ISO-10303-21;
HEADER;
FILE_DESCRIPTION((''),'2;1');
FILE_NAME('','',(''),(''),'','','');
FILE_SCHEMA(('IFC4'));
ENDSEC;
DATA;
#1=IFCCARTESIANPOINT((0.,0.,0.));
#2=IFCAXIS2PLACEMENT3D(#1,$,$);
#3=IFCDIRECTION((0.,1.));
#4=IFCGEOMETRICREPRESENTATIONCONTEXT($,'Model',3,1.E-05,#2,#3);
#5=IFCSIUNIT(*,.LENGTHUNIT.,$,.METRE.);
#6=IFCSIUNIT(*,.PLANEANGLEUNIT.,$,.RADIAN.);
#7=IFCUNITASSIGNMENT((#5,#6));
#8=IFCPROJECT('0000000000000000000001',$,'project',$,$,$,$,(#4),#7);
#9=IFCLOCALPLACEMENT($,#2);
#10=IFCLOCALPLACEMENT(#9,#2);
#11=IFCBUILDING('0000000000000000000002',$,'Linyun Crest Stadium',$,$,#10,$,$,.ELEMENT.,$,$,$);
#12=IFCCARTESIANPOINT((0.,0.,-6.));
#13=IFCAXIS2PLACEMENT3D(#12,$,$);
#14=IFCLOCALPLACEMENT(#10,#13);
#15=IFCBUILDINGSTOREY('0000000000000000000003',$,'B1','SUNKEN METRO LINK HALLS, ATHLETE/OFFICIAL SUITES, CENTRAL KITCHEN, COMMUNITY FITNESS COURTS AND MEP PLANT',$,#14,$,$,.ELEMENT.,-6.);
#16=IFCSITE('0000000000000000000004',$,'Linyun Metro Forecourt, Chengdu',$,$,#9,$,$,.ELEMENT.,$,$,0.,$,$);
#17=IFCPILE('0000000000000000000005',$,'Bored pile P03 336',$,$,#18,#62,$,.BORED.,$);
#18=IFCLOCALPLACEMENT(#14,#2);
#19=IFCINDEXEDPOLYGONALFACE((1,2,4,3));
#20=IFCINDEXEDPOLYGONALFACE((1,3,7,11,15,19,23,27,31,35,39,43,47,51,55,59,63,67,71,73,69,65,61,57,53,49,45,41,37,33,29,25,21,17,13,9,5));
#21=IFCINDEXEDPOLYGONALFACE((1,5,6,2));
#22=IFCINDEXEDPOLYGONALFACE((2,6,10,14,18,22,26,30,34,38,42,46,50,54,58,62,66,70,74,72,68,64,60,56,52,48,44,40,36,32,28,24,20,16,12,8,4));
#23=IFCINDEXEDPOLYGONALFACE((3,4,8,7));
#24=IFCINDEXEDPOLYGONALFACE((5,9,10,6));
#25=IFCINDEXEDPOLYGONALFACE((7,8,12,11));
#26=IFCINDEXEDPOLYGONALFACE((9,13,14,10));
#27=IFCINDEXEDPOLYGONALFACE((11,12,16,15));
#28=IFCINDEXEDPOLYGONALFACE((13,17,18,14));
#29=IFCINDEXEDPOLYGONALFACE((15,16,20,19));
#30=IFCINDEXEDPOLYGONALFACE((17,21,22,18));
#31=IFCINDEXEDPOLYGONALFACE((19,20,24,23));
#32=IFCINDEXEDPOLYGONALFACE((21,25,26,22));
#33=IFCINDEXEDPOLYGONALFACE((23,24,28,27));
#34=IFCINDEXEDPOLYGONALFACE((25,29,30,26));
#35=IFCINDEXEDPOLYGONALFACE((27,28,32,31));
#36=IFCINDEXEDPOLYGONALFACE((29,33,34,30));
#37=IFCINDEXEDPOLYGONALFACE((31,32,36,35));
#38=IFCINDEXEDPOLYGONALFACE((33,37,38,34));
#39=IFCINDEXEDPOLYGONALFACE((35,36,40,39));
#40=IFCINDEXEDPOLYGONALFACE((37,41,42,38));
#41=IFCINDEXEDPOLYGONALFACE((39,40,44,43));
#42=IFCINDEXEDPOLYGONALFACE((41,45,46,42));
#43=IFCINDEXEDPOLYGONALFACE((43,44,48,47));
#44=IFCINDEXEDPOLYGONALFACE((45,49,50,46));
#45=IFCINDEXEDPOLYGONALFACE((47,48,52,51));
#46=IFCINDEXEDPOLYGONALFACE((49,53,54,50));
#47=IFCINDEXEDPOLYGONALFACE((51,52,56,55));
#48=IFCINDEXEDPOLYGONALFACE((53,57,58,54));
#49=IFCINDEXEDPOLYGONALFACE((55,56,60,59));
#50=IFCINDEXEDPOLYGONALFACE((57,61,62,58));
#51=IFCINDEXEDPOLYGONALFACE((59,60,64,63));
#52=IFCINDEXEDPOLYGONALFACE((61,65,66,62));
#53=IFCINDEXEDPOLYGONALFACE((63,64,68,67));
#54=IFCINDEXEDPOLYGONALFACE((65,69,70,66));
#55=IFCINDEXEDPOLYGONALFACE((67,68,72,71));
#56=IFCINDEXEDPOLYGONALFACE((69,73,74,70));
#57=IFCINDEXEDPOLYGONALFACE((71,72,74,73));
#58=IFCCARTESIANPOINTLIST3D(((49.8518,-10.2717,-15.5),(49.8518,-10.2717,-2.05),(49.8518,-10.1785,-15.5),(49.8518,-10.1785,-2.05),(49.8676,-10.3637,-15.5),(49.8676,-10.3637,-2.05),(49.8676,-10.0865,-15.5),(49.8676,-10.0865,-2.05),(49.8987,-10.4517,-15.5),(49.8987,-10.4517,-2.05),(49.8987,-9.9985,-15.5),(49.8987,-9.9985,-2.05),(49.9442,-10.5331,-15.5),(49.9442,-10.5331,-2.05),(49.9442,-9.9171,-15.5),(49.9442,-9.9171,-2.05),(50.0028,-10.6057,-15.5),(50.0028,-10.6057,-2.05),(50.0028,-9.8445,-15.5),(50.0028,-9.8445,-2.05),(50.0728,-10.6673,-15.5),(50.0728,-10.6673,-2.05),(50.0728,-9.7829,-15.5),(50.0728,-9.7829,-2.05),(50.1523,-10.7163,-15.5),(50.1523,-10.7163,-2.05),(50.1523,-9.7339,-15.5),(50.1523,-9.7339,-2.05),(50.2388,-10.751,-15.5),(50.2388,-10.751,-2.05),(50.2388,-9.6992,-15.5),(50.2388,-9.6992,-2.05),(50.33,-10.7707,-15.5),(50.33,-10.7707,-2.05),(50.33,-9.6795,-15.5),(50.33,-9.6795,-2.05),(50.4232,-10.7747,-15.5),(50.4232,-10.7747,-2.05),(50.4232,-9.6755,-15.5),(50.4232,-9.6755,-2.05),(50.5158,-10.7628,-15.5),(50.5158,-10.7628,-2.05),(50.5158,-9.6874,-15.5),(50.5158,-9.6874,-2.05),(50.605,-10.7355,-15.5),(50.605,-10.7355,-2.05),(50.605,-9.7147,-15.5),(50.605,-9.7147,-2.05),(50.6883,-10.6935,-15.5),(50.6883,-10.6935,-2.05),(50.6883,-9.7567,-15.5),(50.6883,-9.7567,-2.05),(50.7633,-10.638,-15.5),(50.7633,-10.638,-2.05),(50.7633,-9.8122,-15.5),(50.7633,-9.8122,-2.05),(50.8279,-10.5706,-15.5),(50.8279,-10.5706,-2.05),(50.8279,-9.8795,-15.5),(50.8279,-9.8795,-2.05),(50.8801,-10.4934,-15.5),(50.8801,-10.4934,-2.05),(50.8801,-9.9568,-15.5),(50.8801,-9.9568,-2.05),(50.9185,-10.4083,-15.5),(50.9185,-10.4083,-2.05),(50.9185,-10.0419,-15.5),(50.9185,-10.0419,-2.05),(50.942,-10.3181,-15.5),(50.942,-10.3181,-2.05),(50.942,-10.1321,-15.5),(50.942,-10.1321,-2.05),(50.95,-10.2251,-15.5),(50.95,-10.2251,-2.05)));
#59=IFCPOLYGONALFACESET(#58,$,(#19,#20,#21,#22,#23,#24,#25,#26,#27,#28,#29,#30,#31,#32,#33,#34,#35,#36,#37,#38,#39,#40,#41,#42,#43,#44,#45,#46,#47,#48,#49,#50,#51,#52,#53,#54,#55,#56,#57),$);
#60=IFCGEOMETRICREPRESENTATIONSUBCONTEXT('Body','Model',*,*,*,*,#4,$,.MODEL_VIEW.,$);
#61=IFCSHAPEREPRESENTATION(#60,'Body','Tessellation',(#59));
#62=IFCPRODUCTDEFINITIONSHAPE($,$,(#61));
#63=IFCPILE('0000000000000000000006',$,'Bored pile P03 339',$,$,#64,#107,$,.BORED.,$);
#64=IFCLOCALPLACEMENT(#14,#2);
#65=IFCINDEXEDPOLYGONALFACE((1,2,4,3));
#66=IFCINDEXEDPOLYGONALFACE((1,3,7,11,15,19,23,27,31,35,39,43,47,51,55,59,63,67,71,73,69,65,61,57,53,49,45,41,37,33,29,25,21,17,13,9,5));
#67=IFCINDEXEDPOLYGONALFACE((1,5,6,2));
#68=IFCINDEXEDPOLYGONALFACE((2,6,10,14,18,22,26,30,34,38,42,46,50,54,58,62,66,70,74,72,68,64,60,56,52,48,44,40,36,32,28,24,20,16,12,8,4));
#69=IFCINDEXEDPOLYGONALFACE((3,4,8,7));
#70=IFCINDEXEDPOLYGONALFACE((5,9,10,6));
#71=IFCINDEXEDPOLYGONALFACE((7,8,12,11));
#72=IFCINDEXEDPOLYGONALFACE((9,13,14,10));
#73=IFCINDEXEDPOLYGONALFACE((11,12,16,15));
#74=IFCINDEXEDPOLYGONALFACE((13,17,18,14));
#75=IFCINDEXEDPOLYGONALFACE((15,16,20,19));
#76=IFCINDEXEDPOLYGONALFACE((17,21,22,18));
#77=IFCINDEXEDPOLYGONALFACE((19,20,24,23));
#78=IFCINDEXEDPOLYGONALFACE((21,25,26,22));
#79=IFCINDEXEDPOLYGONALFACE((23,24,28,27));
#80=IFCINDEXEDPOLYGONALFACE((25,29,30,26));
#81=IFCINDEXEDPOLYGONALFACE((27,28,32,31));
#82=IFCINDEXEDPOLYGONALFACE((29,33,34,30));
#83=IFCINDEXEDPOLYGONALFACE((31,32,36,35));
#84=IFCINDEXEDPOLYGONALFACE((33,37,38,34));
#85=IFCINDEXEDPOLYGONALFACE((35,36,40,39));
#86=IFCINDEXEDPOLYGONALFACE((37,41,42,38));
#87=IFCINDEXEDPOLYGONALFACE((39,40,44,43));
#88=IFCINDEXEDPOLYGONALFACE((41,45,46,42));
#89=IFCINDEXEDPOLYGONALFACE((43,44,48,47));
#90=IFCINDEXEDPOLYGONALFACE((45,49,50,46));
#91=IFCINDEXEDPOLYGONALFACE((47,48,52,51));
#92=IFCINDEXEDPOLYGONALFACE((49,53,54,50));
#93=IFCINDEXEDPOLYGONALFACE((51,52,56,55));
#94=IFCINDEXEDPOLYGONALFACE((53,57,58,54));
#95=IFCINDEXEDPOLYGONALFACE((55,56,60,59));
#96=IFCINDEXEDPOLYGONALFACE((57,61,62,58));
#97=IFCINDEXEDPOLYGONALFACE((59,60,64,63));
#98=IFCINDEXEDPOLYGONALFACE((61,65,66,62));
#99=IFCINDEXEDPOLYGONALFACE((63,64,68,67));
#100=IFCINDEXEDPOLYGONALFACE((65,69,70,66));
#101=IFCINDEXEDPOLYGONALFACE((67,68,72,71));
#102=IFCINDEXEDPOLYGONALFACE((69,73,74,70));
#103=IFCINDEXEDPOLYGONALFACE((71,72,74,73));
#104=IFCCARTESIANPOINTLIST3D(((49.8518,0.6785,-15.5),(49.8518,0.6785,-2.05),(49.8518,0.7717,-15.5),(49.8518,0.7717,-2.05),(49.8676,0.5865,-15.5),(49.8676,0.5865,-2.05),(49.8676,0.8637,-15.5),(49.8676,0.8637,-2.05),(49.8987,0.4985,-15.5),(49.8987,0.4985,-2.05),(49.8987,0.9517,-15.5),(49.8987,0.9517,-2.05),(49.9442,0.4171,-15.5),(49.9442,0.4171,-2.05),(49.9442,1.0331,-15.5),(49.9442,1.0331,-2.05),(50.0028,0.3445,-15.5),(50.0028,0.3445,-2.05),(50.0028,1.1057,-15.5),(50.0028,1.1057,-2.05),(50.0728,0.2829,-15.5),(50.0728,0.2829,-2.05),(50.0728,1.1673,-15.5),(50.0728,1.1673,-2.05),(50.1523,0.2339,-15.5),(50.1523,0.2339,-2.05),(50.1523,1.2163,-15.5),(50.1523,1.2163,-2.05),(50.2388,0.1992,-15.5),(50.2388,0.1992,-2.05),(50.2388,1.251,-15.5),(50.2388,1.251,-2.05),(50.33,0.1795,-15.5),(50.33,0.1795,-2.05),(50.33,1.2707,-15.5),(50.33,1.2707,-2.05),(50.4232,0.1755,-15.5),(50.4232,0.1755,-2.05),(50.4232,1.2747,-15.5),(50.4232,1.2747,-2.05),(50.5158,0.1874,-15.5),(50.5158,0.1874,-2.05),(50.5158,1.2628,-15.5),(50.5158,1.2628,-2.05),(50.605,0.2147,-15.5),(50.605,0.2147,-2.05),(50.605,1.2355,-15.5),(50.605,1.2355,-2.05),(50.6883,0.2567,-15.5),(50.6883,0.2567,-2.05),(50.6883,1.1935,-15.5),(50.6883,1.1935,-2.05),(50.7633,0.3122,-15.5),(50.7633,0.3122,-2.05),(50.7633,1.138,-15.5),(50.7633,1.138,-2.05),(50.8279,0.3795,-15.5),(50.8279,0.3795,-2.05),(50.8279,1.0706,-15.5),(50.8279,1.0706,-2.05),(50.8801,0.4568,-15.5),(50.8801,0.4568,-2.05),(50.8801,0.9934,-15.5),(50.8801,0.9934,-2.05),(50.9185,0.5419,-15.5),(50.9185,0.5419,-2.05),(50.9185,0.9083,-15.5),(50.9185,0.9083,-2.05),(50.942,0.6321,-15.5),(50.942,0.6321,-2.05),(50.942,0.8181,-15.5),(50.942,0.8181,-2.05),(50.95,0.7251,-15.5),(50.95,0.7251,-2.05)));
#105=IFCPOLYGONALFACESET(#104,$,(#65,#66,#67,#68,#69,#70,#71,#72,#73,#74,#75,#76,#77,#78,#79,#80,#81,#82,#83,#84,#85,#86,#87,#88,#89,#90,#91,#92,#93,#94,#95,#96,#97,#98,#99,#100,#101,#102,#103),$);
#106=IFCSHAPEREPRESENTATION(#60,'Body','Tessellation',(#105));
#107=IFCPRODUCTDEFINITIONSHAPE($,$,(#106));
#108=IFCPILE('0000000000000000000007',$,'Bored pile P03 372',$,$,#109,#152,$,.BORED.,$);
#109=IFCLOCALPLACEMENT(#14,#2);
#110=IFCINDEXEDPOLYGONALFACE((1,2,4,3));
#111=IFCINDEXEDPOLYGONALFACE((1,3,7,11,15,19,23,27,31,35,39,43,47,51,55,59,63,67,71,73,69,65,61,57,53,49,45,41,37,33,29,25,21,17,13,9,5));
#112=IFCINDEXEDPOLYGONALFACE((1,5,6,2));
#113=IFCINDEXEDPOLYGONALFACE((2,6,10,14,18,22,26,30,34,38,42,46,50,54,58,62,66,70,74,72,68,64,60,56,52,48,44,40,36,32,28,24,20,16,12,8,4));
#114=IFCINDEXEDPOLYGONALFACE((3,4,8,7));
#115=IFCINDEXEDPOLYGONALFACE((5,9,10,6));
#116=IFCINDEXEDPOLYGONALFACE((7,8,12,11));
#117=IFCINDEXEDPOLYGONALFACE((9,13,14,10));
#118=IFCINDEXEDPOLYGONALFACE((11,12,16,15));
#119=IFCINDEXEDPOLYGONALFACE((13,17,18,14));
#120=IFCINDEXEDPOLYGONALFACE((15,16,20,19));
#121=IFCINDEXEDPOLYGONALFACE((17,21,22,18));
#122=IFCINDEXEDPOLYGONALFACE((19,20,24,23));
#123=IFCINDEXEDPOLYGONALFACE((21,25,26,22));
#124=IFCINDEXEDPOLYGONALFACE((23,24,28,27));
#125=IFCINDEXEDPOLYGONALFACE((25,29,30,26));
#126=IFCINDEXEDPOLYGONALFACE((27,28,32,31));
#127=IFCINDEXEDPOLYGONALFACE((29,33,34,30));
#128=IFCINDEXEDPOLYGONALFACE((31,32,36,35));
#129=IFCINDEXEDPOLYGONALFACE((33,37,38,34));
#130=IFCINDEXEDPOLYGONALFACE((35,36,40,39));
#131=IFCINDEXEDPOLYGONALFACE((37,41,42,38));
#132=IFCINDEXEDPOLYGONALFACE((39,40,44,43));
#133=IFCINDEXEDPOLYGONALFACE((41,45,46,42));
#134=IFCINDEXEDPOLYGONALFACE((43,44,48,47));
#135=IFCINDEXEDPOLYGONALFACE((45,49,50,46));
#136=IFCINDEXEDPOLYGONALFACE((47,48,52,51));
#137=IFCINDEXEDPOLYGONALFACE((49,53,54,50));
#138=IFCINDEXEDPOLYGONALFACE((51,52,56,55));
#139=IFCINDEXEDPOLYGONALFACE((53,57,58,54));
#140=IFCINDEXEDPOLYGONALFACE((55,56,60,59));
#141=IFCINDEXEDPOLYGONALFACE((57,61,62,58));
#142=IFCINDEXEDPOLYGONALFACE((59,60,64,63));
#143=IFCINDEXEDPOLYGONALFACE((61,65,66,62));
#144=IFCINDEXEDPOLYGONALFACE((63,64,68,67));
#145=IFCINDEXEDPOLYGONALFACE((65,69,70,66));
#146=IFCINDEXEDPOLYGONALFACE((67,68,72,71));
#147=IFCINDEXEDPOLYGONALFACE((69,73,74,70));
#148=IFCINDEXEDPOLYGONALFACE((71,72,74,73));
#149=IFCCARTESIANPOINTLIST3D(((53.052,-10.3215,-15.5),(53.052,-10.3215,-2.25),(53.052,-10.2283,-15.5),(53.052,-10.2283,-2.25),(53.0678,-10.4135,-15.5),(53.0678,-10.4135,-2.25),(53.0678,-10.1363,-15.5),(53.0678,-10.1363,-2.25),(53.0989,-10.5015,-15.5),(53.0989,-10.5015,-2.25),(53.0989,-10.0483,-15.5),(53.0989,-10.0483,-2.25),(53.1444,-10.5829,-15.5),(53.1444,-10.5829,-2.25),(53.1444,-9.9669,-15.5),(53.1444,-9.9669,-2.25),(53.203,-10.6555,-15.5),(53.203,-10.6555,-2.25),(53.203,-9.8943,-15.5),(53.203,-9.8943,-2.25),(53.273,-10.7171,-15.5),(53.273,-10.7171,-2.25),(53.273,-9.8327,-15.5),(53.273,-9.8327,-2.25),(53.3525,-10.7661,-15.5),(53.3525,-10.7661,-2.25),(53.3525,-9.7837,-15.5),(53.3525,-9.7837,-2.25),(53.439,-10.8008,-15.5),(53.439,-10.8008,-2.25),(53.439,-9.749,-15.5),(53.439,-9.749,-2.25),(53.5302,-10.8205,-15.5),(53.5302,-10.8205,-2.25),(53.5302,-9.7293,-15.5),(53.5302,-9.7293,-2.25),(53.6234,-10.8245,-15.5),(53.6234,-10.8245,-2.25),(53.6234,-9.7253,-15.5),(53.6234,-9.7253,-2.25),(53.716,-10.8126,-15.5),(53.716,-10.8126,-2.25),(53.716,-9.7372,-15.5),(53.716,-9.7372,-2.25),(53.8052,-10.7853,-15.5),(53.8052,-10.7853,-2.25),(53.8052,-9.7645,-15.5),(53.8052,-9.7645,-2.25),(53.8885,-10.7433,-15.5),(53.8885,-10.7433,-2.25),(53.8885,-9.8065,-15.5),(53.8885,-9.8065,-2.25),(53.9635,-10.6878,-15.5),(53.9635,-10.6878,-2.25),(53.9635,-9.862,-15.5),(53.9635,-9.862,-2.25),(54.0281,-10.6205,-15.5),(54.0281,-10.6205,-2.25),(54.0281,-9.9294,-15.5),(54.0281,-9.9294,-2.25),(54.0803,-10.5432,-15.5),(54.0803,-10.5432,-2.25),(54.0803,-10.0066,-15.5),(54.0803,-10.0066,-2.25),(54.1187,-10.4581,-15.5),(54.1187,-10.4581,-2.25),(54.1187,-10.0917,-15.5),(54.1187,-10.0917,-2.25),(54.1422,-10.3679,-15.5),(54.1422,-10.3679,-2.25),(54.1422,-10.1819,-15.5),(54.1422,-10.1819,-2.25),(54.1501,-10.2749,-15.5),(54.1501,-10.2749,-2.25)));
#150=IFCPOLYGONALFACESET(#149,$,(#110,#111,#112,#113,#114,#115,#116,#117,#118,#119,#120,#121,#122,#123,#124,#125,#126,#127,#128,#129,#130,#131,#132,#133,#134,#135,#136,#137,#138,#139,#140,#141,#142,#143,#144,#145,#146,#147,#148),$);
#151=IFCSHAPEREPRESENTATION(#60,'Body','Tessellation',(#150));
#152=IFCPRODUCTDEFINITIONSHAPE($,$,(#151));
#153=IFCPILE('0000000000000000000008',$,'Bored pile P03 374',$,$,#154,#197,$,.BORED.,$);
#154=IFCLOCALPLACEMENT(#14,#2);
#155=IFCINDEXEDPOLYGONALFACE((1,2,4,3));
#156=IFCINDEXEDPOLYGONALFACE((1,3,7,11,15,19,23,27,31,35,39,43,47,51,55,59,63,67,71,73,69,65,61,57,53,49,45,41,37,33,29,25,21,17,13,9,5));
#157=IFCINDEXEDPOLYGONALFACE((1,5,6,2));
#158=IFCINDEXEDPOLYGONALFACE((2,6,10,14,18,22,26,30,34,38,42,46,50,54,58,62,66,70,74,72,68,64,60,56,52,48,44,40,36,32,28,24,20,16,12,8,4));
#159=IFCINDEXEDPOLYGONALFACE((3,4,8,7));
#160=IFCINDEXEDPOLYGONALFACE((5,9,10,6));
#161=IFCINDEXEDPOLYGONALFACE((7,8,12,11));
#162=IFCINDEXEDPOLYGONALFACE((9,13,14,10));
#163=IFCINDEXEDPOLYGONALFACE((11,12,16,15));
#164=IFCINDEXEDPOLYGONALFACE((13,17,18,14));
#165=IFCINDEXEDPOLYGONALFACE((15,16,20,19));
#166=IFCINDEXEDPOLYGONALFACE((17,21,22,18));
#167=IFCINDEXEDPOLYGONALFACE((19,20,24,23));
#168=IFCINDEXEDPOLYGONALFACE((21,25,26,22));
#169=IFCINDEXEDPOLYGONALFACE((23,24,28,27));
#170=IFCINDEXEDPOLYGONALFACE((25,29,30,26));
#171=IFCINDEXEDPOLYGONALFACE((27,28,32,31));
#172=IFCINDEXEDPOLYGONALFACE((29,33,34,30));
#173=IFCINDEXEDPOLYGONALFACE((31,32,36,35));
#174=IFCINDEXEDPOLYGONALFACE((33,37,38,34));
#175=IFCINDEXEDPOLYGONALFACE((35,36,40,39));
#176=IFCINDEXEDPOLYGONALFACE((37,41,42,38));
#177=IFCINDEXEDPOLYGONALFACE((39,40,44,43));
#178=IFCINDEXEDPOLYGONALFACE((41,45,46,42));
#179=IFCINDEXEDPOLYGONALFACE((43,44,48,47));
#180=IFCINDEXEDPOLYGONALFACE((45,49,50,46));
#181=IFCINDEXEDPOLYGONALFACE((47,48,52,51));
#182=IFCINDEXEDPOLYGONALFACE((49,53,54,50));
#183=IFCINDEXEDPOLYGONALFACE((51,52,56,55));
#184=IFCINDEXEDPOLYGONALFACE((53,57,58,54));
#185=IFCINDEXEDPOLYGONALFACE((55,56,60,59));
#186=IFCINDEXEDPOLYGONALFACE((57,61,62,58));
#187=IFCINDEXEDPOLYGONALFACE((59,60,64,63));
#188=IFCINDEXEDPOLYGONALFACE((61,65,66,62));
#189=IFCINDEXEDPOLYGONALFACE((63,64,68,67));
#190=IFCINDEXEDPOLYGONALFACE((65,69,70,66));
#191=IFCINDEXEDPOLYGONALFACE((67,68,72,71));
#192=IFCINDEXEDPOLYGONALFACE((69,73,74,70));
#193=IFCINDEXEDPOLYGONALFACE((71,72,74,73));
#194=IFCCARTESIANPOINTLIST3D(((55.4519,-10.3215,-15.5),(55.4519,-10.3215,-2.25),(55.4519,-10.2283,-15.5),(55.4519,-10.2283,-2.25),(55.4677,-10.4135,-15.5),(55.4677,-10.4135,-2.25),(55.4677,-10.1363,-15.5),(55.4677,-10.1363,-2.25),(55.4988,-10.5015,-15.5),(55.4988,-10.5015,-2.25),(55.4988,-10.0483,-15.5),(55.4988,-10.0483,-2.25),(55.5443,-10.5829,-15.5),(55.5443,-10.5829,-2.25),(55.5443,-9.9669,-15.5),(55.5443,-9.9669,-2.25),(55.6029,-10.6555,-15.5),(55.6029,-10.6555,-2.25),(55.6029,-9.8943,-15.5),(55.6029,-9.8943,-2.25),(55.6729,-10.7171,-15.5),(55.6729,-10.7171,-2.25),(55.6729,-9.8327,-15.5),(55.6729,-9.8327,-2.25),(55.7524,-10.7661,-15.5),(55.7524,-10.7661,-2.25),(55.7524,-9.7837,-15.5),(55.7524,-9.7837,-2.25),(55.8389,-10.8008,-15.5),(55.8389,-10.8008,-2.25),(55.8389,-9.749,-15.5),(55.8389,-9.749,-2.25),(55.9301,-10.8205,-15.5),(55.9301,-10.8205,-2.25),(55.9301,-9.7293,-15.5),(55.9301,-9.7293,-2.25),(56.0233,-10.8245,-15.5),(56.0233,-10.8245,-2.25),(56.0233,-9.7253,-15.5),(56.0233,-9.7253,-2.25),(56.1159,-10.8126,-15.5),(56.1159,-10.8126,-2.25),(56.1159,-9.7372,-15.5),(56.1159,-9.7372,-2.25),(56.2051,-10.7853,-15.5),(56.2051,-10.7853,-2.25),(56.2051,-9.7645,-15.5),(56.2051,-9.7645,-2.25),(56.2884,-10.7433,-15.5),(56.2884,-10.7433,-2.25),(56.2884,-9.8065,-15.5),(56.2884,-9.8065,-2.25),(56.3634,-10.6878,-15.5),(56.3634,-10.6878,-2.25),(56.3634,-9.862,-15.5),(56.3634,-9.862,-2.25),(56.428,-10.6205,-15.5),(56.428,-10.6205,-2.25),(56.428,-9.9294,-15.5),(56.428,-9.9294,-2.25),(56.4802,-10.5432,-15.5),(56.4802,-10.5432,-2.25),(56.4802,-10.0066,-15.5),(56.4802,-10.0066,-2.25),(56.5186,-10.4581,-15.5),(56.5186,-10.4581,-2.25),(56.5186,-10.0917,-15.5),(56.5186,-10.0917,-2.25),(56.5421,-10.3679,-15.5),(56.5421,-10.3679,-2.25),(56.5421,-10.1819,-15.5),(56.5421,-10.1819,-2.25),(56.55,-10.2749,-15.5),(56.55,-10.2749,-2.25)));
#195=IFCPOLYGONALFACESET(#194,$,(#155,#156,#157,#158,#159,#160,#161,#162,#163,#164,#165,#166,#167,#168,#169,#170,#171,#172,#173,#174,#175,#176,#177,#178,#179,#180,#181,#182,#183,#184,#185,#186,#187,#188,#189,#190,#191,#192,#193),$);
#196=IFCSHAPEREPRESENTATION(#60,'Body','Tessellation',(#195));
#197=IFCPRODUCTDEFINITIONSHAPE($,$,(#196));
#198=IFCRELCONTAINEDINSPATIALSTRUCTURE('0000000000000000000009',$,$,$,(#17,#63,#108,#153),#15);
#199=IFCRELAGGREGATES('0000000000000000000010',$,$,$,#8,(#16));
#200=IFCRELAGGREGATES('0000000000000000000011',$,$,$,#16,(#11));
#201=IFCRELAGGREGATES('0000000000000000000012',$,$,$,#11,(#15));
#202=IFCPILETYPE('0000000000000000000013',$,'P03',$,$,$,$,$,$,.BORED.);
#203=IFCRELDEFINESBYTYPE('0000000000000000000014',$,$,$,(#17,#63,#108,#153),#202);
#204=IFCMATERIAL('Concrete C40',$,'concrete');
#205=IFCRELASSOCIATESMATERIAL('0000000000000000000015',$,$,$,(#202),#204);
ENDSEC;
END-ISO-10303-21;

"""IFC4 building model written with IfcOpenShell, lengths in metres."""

from ifc_helpers import new_model, si_unit, direction, frame, origin, origin_2d, place, context, subcontext, project, spatial, circle, extrude, material, material_profile, profile_set, type_object, element, save


model = new_model("IFC4")

# Units and contexts
model_context = context("Model", 3, precision=1e-05, world=origin(), true_north=direction((0.0, 1.0)))
body_context = subcontext(model_context, "Body", "Model", "MODEL_VIEW")
ifc_project = project(units=[si_unit("LENGTHUNIT", "METRE"), si_unit("PLANEANGLEUNIT", "RADIAN")], contexts=[model_context])

# Site, building, storey
site_placement = place(None, origin())
site = spatial("IfcSite", under=ifc_project, at=site_placement, Name="Linyun Metro Forecourt, Chengdu", CompositionType="ELEMENT", RefElevation=0.0)
building_placement = place(site_placement, origin())
building = spatial("IfcBuilding", under=site, at=building_placement, Name="Linyun Crest Stadium", CompositionType="ELEMENT")
storey_placement = place(building_placement, frame((0.0, 0.0, -6.0)))
storey = spatial("IfcBuildingStorey", under=building, at=storey_placement, Name="B1", Description="SUNKEN METRO LINK HALLS, ATHLETE/OFFICIAL SUITES, CENTRAL KITCHEN, COMMUNITY FITNESS COURTS AND MEP PLANT", CompositionType="ELEMENT", Elevation=-6.0)

# Piles
ifc_material_1 = material(Name="Concrete C40", Category="concrete")
ifc_material_profile_1 = material_profile(ifc_material_1, circle(Radius=0.55, at=origin_2d()), Name="BORED PILE 1100")
ifc_profile_set_1 = profile_set([ifc_material_profile_1], Name="Concrete C40")
pile_type = type_object("IfcPileType", Name="P03", PredefinedType="BORED", material=ifc_profile_set_1)
for number, where, z_axis, x_axis, name in (
    (1, (50.3999, -10.2251, -2.05), (0.0, 0.0, -1.0), (1.0, 0.0, 0.0), "Bored pile P03 336"),
    (2, (50.3999, 0.7251, -2.05), (0.0, 0.0, -1.0), (1.0, 0.0, 0.0), "Bored pile P03 339"),
):
    element("IfcPile", number, at=place(storey_placement, frame(where, z_axis=z_axis, x_axis=x_axis)), inside=storey, type_object=pile_type, Name=name, PredefinedType="BORED", context=body_context, shape_type="SweptSolid", body=[
        extrude(circle(Radius=0.55, at=origin_2d()), origin(), (0.0, 0.0, 1.0), 13.45),
    ])
for number, where, z_axis, x_axis, name in (
    (3, (53.6001, -10.2749, -2.25), (0.0, 0.0, -1.0), (1.0, 0.0, 0.0), "Bored pile P03 372"),
    (4, (56.0, -10.2749, -2.25), (0.0, 0.0, -1.0), (1.0, 0.0, 0.0), "Bored pile P03 374"),
):
    element("IfcPile", number, at=place(storey_placement, frame(where, z_axis=z_axis, x_axis=x_axis)), inside=storey, type_object=pile_type, Name=name, PredefinedType="BORED", context=body_context, shape_type="SweptSolid", body=[
        extrude(circle(Radius=0.55, at=origin_2d()), origin(), (0.0, 0.0, 1.0), 13.25),
    ])

save(model, "model.ifc")
